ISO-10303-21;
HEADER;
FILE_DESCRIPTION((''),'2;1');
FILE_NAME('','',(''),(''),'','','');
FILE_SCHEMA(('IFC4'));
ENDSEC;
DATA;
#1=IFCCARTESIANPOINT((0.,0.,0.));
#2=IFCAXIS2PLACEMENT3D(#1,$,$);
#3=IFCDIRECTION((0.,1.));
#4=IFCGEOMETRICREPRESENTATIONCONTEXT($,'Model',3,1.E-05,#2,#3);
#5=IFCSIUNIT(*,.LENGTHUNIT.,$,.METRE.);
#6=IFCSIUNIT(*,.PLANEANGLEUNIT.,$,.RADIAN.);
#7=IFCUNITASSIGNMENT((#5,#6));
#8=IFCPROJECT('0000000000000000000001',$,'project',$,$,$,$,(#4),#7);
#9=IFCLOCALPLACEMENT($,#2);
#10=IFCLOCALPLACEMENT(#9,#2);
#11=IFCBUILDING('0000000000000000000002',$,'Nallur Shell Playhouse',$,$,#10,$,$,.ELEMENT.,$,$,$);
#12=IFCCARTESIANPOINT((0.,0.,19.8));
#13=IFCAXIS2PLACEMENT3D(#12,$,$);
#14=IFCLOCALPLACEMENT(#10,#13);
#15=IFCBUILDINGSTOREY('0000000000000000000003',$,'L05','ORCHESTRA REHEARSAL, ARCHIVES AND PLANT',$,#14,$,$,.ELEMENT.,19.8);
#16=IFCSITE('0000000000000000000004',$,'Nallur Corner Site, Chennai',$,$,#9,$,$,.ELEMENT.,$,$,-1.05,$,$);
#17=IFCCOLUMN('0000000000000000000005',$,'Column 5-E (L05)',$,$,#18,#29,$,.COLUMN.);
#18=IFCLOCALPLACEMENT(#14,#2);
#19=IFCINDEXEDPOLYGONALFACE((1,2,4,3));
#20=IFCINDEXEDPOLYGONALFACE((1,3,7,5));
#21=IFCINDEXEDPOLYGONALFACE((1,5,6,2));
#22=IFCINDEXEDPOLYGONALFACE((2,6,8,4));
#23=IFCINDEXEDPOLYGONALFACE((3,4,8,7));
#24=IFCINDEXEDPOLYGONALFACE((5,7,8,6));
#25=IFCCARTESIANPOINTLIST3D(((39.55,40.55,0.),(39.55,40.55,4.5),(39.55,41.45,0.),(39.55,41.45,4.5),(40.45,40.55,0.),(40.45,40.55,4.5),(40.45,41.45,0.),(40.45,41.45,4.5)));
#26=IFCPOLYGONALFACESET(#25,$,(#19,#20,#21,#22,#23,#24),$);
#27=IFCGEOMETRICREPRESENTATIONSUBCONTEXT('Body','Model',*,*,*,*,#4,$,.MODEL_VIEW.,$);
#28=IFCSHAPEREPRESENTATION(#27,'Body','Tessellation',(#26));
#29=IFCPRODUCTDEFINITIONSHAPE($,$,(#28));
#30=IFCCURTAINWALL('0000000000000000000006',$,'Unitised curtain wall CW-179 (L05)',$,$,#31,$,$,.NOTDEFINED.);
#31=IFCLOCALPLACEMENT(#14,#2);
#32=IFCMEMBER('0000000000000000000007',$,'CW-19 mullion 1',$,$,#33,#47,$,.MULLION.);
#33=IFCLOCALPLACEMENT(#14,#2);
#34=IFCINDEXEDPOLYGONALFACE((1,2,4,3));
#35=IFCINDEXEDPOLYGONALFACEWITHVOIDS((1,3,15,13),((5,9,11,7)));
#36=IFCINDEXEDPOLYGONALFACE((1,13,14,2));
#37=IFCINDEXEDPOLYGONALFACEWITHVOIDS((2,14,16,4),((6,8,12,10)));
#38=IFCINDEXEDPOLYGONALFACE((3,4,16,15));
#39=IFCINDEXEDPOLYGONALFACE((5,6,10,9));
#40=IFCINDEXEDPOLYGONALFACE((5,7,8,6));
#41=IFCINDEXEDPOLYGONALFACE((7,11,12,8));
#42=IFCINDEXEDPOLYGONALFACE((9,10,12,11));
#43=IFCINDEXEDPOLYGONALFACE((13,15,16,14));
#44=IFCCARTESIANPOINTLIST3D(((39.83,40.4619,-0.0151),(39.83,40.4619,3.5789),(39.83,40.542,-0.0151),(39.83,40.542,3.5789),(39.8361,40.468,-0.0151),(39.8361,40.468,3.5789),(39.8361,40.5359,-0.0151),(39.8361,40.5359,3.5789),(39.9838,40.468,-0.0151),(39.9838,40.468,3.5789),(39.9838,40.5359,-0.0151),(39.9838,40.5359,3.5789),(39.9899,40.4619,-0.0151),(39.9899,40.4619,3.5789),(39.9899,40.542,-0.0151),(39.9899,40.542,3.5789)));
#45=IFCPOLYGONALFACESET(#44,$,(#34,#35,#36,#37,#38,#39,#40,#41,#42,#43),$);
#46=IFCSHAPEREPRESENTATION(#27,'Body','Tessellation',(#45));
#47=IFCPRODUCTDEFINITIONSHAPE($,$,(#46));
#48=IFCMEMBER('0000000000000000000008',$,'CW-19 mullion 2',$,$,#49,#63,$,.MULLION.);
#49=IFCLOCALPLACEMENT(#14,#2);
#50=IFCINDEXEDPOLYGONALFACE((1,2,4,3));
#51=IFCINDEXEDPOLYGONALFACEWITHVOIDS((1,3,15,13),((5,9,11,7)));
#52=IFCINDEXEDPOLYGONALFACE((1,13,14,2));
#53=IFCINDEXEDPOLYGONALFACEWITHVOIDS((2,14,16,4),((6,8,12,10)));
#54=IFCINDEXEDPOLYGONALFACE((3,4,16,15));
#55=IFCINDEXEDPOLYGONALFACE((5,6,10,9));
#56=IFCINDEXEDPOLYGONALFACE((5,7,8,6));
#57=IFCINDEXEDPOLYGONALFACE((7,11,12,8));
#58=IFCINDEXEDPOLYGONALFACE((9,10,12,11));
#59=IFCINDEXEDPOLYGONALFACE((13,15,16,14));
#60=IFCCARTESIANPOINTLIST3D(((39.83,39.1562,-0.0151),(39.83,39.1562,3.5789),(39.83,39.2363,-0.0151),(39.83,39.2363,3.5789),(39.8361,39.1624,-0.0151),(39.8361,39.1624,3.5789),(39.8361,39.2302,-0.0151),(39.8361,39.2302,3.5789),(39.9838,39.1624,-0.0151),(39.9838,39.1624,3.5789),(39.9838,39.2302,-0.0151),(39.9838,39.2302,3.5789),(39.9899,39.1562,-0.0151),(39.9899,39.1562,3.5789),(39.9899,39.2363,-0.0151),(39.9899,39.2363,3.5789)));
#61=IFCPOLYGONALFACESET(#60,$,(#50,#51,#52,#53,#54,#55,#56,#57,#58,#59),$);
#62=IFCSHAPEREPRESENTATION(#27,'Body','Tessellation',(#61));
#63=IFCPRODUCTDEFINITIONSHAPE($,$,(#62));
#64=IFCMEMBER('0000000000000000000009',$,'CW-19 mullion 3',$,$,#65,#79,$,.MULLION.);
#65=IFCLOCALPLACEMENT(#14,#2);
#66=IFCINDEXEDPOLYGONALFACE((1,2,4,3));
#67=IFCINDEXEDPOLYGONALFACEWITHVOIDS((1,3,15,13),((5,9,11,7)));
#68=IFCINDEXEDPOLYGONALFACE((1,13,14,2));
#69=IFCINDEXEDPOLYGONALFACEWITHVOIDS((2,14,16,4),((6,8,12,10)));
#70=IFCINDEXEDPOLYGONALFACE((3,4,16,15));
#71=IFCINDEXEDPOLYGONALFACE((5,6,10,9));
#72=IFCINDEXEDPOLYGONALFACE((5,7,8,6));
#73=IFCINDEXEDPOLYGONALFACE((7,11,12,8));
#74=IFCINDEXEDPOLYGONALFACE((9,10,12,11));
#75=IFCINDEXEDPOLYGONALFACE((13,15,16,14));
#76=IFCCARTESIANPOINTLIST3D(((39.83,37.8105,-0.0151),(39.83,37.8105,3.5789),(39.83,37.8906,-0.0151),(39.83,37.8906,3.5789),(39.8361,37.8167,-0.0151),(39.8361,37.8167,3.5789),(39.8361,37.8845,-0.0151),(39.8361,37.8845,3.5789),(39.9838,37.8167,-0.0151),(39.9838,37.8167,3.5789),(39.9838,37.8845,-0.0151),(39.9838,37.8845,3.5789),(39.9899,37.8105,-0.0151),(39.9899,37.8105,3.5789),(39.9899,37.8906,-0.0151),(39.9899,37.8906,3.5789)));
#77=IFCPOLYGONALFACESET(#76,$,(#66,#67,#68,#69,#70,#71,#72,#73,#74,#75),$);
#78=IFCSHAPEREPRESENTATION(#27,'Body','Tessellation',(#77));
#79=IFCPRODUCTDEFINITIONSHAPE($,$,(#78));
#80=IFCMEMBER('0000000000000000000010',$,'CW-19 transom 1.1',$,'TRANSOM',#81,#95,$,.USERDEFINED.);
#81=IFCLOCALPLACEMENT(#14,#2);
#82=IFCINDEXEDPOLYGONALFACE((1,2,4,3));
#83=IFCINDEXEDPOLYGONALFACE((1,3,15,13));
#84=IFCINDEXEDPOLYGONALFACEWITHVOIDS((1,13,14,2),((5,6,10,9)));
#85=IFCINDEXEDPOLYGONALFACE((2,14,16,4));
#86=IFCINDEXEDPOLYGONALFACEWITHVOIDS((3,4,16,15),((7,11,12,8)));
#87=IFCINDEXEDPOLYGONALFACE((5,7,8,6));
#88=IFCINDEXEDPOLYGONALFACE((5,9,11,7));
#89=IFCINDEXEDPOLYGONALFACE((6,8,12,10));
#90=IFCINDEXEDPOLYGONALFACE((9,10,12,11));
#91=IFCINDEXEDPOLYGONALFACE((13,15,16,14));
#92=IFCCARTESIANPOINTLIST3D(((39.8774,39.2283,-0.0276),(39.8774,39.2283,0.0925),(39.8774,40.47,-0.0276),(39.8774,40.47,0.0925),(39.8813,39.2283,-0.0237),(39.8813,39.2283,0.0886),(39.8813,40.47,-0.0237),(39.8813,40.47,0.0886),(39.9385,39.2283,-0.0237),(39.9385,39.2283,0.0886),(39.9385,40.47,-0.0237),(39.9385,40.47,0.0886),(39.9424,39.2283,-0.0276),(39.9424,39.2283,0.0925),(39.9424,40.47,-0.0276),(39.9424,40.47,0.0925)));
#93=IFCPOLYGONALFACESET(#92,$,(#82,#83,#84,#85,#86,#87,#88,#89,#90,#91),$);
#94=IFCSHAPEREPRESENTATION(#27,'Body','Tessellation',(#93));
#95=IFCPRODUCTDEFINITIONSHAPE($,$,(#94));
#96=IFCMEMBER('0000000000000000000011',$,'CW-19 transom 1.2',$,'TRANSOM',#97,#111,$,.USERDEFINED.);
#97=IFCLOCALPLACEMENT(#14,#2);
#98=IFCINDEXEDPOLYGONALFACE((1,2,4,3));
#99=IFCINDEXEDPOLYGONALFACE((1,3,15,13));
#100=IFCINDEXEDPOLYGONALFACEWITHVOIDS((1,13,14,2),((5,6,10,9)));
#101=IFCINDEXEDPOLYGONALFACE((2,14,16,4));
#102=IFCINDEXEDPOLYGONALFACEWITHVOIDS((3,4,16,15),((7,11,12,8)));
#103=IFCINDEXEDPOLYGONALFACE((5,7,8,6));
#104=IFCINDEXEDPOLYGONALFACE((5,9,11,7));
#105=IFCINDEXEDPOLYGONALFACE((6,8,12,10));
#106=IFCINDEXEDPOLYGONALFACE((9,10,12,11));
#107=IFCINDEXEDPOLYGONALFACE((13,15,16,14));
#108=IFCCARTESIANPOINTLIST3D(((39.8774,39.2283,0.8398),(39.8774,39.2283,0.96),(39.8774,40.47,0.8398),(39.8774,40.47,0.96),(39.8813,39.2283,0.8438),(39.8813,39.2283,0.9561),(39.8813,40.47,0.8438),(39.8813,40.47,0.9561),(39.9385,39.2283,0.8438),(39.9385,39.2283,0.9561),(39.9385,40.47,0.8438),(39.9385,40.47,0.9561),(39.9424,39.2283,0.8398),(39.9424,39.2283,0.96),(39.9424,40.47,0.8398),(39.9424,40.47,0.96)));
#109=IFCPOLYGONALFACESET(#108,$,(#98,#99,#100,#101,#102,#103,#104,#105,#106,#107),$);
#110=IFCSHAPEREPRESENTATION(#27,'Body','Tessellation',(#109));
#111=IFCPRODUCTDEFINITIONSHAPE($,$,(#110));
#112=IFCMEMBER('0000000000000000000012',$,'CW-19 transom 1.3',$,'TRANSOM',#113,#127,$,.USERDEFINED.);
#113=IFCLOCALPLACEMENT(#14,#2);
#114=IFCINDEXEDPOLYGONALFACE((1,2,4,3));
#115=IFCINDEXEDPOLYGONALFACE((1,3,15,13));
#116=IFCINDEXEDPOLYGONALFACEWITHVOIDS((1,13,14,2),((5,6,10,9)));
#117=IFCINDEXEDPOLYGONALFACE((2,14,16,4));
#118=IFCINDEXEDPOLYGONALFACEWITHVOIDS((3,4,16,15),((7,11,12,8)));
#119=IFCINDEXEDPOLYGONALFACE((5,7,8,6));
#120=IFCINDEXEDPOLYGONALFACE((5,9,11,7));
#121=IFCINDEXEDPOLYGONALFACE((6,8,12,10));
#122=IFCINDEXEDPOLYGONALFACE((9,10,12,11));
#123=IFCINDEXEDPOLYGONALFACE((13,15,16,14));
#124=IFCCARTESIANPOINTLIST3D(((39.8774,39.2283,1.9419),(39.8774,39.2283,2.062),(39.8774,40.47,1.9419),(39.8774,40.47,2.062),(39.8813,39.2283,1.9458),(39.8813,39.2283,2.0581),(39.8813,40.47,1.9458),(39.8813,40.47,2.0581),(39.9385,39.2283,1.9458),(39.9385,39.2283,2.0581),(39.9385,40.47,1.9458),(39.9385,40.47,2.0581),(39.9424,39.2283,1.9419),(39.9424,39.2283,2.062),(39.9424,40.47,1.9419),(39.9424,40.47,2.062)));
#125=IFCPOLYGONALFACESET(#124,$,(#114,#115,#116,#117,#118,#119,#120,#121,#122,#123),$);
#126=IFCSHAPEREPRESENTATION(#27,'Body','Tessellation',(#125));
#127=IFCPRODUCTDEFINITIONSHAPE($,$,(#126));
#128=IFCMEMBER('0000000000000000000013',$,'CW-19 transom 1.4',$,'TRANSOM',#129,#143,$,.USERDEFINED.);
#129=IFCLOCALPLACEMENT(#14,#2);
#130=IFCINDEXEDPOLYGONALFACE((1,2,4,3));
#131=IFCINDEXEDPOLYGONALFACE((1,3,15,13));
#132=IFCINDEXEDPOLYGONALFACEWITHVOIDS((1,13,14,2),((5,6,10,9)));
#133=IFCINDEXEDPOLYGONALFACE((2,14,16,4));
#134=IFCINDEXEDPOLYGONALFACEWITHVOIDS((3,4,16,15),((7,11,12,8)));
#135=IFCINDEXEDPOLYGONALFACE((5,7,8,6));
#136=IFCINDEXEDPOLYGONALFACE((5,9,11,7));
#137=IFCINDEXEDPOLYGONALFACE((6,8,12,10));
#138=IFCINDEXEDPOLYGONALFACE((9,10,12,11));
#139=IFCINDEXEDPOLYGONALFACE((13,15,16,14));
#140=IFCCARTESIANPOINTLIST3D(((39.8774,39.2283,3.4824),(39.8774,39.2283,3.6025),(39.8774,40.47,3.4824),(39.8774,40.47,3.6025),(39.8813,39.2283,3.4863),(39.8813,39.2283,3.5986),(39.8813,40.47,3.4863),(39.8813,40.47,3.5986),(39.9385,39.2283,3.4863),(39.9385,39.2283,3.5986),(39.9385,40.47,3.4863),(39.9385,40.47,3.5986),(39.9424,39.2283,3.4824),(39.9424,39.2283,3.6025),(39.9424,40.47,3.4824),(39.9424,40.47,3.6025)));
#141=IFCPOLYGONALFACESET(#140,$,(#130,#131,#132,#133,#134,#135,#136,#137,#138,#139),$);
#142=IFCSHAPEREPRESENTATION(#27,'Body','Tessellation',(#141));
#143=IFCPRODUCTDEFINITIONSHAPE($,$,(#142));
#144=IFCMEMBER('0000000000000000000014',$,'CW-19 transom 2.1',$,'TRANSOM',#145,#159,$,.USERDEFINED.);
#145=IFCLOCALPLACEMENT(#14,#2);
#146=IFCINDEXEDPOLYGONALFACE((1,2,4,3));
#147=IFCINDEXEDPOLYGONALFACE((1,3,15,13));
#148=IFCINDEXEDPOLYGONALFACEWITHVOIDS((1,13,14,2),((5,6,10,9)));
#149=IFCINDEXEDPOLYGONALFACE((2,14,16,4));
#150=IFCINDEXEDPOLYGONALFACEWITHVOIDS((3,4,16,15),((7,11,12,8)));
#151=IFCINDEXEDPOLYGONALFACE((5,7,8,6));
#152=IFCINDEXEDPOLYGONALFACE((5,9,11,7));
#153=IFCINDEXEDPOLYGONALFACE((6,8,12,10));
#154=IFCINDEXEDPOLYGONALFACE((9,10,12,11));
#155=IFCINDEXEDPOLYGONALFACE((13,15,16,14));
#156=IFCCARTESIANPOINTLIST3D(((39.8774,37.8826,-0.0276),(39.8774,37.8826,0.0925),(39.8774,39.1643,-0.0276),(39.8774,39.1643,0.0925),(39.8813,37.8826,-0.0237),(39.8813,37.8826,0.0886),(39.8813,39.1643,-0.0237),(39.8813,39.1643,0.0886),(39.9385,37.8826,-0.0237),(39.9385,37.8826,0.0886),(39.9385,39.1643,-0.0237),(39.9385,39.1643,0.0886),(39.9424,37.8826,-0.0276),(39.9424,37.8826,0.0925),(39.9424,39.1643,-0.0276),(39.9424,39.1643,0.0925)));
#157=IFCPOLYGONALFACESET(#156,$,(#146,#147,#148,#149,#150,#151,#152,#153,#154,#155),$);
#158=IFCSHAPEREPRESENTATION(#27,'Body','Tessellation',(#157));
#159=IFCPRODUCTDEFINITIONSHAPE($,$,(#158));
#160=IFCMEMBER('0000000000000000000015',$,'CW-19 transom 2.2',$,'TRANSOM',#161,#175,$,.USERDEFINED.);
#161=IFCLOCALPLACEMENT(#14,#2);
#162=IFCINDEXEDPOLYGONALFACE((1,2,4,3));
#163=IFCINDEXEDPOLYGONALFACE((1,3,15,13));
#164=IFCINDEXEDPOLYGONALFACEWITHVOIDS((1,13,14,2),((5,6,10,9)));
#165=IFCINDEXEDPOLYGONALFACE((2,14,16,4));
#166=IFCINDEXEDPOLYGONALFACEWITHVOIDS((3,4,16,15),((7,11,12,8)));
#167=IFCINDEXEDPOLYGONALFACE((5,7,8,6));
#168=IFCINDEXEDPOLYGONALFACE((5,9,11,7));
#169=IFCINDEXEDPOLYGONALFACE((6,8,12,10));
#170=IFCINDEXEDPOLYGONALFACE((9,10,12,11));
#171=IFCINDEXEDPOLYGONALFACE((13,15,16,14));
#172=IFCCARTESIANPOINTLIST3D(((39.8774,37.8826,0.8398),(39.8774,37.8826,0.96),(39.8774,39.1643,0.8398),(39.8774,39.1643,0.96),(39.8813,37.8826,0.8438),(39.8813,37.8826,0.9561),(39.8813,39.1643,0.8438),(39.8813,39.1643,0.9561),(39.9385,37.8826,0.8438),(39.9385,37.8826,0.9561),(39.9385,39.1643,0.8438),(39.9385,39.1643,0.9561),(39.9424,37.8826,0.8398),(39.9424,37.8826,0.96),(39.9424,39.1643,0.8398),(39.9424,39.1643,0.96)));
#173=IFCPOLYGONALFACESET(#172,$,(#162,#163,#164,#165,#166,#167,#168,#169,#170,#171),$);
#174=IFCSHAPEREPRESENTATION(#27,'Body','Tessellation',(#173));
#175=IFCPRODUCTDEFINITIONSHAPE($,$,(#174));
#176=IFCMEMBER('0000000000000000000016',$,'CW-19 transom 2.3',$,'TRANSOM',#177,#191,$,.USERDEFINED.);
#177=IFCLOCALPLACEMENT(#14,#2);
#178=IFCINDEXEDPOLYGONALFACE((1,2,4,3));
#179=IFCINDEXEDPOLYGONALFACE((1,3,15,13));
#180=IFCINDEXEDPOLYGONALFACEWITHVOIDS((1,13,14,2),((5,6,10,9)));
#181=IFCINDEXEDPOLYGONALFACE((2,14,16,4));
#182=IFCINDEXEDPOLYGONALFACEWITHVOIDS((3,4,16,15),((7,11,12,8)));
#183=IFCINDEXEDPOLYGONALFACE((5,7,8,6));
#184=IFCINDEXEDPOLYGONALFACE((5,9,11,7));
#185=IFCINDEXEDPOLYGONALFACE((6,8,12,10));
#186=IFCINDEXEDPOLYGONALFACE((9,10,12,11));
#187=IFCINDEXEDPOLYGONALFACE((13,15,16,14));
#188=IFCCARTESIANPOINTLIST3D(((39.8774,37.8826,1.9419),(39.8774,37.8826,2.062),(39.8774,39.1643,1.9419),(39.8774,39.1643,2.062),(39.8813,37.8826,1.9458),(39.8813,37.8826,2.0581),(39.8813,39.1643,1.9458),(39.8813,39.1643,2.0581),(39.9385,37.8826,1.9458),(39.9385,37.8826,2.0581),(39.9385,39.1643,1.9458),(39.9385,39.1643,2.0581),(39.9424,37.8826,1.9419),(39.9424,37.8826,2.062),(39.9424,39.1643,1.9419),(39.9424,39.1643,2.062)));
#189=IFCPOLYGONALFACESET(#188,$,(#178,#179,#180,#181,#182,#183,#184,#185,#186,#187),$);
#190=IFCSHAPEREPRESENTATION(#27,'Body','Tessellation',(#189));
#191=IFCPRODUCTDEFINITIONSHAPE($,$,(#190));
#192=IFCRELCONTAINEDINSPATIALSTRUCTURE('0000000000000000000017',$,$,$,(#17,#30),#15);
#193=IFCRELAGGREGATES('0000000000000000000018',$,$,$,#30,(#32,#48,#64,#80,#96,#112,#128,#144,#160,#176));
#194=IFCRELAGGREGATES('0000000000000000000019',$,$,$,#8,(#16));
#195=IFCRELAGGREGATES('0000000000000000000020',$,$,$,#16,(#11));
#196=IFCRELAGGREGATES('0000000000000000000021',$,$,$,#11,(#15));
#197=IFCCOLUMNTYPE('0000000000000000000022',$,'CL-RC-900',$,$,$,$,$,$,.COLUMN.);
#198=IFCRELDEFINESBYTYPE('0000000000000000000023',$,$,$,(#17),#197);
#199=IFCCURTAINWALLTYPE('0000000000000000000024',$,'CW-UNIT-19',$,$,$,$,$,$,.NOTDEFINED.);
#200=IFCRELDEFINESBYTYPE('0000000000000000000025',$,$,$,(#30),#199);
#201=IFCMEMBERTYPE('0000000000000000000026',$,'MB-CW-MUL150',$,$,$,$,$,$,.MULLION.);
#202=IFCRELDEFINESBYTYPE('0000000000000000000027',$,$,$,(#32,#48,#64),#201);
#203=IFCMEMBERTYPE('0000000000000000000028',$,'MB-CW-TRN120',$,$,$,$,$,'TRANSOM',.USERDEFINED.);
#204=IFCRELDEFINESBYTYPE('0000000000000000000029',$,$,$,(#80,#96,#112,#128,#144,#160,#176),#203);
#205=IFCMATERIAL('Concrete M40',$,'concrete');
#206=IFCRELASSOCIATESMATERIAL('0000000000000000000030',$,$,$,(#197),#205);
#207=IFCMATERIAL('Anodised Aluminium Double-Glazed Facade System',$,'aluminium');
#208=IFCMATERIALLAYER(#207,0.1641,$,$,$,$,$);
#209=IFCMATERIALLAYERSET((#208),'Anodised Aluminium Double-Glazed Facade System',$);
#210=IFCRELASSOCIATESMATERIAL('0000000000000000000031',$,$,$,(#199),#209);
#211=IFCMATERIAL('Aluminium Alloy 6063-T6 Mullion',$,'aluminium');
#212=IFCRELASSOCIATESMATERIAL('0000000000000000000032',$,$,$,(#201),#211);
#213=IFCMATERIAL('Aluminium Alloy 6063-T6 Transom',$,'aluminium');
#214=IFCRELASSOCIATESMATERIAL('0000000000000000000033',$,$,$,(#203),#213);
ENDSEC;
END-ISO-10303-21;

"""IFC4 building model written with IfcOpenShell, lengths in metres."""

from ifc_helpers import new_model, si_unit, direction, frame, origin, origin_2d, place, context, subcontext, project, spatial, rectangle, hollow_rectangle, extrude, material, layer, layer_set, material_profile, profile_set, type_object, element, aggregate, save


model = new_model("IFC4")

# Units and contexts
model_context = context("Model", 3, precision=1e-05, world=origin(), true_north=direction((0.0, 1.0)))
body_context = subcontext(model_context, "Body", "Model", "MODEL_VIEW")
ifc_project = project(units=[si_unit("LENGTHUNIT", "METRE"), si_unit("PLANEANGLEUNIT", "RADIAN")], contexts=[model_context])

# Site, building, storey
site_placement = place(None, origin())
site = spatial("IfcSite", under=ifc_project, at=site_placement, Name="Nallur Corner Site, Chennai", CompositionType="ELEMENT", RefElevation=-1.05)
building_placement = place(site_placement, origin())
building = spatial("IfcBuilding", under=site, at=building_placement, Name="Nallur Shell Playhouse", CompositionType="ELEMENT")
storey_placement = place(building_placement, frame((0.0, 0.0, 19.8)))
storey = spatial("IfcBuildingStorey", under=building, at=storey_placement, Name="L05", Description="ORCHESTRA REHEARSAL, ARCHIVES AND PLANT", CompositionType="ELEMENT", Elevation=19.8)

# Column
ifc_material_1 = material(Name="Concrete M40", Category="concrete")
ifc_material_profile_1 = material_profile(ifc_material_1, rectangle(XDim=0.8999, YDim=0.8999, at=origin_2d()), Name="RC 900x900")
ifc_profile_set_1 = profile_set([ifc_material_profile_1], Name="Concrete M40")
column_type = type_object("IfcColumnType", Name="CL-RC-900", PredefinedType="COLUMN", material=ifc_profile_set_1)
column_placement = place(storey_placement, frame((40.0, 41.0, 0.0), z_axis=(0.0, 0.0, 1.0), x_axis=(1.0, 0.0, 0.0)))
element("IfcColumn", 1, at=column_placement, inside=storey, type_object=column_type, Name="Column 5-E (L05)", PredefinedType="COLUMN", context=body_context, shape_type="SweptSolid", body=[
    extrude(rectangle(XDim=0.8999, YDim=0.8999, at=origin_2d()), origin(), (0.0, 0.0, 1.0), 4.5),
])

# Curtain wall, members
ifc_material_2 = material(Name="Anodised Aluminium Double-Glazed Facade System", Category="aluminium")
ifc_layer_1 = layer(ifc_material_2, 0.1641)
ifc_layer_set_1 = layer_set([ifc_layer_1], Name="Anodised Aluminium Double-Glazed Facade System")
curtain_wall_type = type_object("IfcCurtainWallType", Name="CW-UNIT-19", PredefinedType="NOTDEFINED", material=ifc_layer_set_1)
curtain_wall_placement = place(storey_placement, origin())
curtain_wall = element("IfcCurtainWall", 2, at=curtain_wall_placement, inside=storey, type_object=curtain_wall_type, Name="Unitised curtain wall CW-179 (L05)", PredefinedType="NOTDEFINED")
ifc_material_3 = material(Name="Aluminium Alloy 6063-T6 Mullion", Category="aluminium")
ifc_material_profile_2 = material_profile(ifc_material_3, hollow_rectangle(XDim=0.0801, YDim=0.1599, WallThickness=0.0061, at=origin_2d()), Name="RHS 160x80x6")
ifc_profile_set_2 = profile_set([ifc_material_profile_2], Name="Aluminium Alloy 6063-T6 Mullion")
member_type_1 = type_object("IfcMemberType", Name="MB-CW-MUL150", PredefinedType="MULLION", material=ifc_profile_set_2)
member_1_placement = place(storey_placement, frame((39.9099, 40.502, -0.0151), z_axis=(0.0, 0.0, 1.0), x_axis=(0.0, -1.0, 0.0)))
member_1 = element("IfcMember", 3, at=member_1_placement, type_object=member_type_1, Name="CW-19 mullion 1", PredefinedType="MULLION", context=body_context, shape_type="SweptSolid", body=[
    extrude(hollow_rectangle(XDim=0.0801, YDim=0.1599, WallThickness=0.0061, at=origin_2d()), origin(), (0.0, 0.0, 1.0), 3.594),
])
member_2_placement = place(storey_placement, frame((39.9099, 39.1963, -0.0151), z_axis=(0.0, 0.0, 1.0), x_axis=(0.0, -1.0, 0.0)))
member_2 = element("IfcMember", 4, at=member_2_placement, type_object=member_type_1, Name="CW-19 mullion 2", PredefinedType="MULLION", context=body_context, shape_type="SweptSolid", body=[
    extrude(hollow_rectangle(XDim=0.0801, YDim=0.1599, WallThickness=0.0061, at=origin_2d()), origin(), (0.0, 0.0, 1.0), 3.594),
])
member_3_placement = place(storey_placement, frame((39.9099, 37.8506, -0.0151), z_axis=(0.0, 0.0, 1.0), x_axis=(0.0, -1.0, 0.0)))
member_3 = element("IfcMember", 5, at=member_3_placement, type_object=member_type_1, Name="CW-19 mullion 3", PredefinedType="MULLION", context=body_context, shape_type="SweptSolid", body=[
    extrude(hollow_rectangle(XDim=0.0801, YDim=0.1599, WallThickness=0.0061, at=origin_2d()), origin(), (0.0, 0.0, 1.0), 3.594),
])
ifc_material_4 = material(Name="Aluminium Alloy 6063-T6 Transom", Category="aluminium")
ifc_material_profile_3 = material_profile(ifc_material_4, hollow_rectangle(XDim=0.0649, YDim=0.1201, WallThickness=0.0039, at=origin_2d()), Name="ALU 65x120x4")
ifc_profile_set_3 = profile_set([ifc_material_profile_3], Name="Aluminium Alloy 6063-T6 Transom")
member_type_2 = type_object("IfcMemberType", Name="MB-CW-TRN120", ElementType="TRANSOM", PredefinedType="USERDEFINED", material=ifc_profile_set_3)
member_4_placement = place(storey_placement, frame((39.9099, 40.47, 0.0325), z_axis=(0.0, -1.0, 0.0), x_axis=(1.0, 0.0, 0.0)))
member_4 = element("IfcMember", 6, at=member_4_placement, type_object=member_type_2, Name="CW-19 transom 1.1", ObjectType="TRANSOM", PredefinedType="USERDEFINED", context=body_context, shape_type="SweptSolid", body=[
    extrude(hollow_rectangle(XDim=0.0649, YDim=0.1201, WallThickness=0.0039, at=origin_2d()), origin(), (0.0, 0.0, 1.0), 1.2417),
])
member_5_placement = place(storey_placement, frame((39.9099, 40.47, 0.8999), z_axis=(0.0, -1.0, 0.0), x_axis=(1.0, 0.0, 0.0)))
member_5 = element("IfcMember", 7, at=member_5_placement, type_object=member_type_2, Name="CW-19 transom 1.2", ObjectType="TRANSOM", PredefinedType="USERDEFINED", context=body_context, shape_type="SweptSolid", body=[
    extrude(hollow_rectangle(XDim=0.0649, YDim=0.1201, WallThickness=0.0039, at=origin_2d()), origin(), (0.0, 0.0, 1.0), 1.2417),
])
member_6_placement = place(storey_placement, frame((39.9099, 40.47, 2.002), z_axis=(0.0, -1.0, 0.0), x_axis=(1.0, 0.0, 0.0)))
member_6 = element("IfcMember", 8, at=member_6_placement, type_object=member_type_2, Name="CW-19 transom 1.3", ObjectType="TRANSOM", PredefinedType="USERDEFINED", context=body_context, shape_type="SweptSolid", body=[
    extrude(hollow_rectangle(XDim=0.0649, YDim=0.1201, WallThickness=0.0039, at=origin_2d()), origin(), (0.0, 0.0, 1.0), 1.2417),
])
member_7_placement = place(storey_placement, frame((39.9099, 40.47, 3.5425), z_axis=(0.0, -1.0, 0.0), x_axis=(1.0, 0.0, 0.0)))
member_7 = element("IfcMember", 9, at=member_7_placement, type_object=member_type_2, Name="CW-19 transom 1.4", ObjectType="TRANSOM", PredefinedType="USERDEFINED", context=body_context, shape_type="SweptSolid", body=[
    extrude(hollow_rectangle(XDim=0.0649, YDim=0.1201, WallThickness=0.0039, at=origin_2d()), origin(), (0.0, 0.0, 1.0), 1.2417),
])
member_8_placement = place(storey_placement, frame((39.9099, 39.1643, 0.0325), z_axis=(0.0, -1.0, 0.0), x_axis=(1.0, 0.0, 0.0)))
member_8 = element("IfcMember", 10, at=member_8_placement, type_object=member_type_2, Name="CW-19 transom 2.1", ObjectType="TRANSOM", PredefinedType="USERDEFINED", context=body_context, shape_type="SweptSolid", body=[
    extrude(hollow_rectangle(XDim=0.0649, YDim=0.1201, WallThickness=0.0039, at=origin_2d()), origin(), (0.0, 0.0, 1.0), 1.2817),
])
member_9_placement = place(storey_placement, frame((39.9099, 39.1643, 0.8999), z_axis=(0.0, -1.0, 0.0), x_axis=(1.0, 0.0, 0.0)))
member_9 = element("IfcMember", 11, at=member_9_placement, type_object=member_type_2, Name="CW-19 transom 2.2", ObjectType="TRANSOM", PredefinedType="USERDEFINED", context=body_context, shape_type="SweptSolid", body=[
    extrude(hollow_rectangle(XDim=0.0649, YDim=0.1201, WallThickness=0.0039, at=origin_2d()), origin(), (0.0, 0.0, 1.0), 1.2817),
])
member_10_placement = place(storey_placement, frame((39.9099, 39.1643, 2.002), z_axis=(0.0, -1.0, 0.0), x_axis=(1.0, 0.0, 0.0)))
member_10 = element("IfcMember", 12, at=member_10_placement, type_object=member_type_2, Name="CW-19 transom 2.3", ObjectType="TRANSOM", PredefinedType="USERDEFINED", context=body_context, shape_type="SweptSolid", body=[
    extrude(hollow_rectangle(XDim=0.0649, YDim=0.1201, WallThickness=0.0039, at=origin_2d()), origin(), (0.0, 0.0, 1.0), 1.2817),
])
aggregate(curtain_wall, [member_1, member_2, member_3, member_4, member_5, member_6, member_7, member_8, member_9, member_10])

save(model, "model.ifc")
